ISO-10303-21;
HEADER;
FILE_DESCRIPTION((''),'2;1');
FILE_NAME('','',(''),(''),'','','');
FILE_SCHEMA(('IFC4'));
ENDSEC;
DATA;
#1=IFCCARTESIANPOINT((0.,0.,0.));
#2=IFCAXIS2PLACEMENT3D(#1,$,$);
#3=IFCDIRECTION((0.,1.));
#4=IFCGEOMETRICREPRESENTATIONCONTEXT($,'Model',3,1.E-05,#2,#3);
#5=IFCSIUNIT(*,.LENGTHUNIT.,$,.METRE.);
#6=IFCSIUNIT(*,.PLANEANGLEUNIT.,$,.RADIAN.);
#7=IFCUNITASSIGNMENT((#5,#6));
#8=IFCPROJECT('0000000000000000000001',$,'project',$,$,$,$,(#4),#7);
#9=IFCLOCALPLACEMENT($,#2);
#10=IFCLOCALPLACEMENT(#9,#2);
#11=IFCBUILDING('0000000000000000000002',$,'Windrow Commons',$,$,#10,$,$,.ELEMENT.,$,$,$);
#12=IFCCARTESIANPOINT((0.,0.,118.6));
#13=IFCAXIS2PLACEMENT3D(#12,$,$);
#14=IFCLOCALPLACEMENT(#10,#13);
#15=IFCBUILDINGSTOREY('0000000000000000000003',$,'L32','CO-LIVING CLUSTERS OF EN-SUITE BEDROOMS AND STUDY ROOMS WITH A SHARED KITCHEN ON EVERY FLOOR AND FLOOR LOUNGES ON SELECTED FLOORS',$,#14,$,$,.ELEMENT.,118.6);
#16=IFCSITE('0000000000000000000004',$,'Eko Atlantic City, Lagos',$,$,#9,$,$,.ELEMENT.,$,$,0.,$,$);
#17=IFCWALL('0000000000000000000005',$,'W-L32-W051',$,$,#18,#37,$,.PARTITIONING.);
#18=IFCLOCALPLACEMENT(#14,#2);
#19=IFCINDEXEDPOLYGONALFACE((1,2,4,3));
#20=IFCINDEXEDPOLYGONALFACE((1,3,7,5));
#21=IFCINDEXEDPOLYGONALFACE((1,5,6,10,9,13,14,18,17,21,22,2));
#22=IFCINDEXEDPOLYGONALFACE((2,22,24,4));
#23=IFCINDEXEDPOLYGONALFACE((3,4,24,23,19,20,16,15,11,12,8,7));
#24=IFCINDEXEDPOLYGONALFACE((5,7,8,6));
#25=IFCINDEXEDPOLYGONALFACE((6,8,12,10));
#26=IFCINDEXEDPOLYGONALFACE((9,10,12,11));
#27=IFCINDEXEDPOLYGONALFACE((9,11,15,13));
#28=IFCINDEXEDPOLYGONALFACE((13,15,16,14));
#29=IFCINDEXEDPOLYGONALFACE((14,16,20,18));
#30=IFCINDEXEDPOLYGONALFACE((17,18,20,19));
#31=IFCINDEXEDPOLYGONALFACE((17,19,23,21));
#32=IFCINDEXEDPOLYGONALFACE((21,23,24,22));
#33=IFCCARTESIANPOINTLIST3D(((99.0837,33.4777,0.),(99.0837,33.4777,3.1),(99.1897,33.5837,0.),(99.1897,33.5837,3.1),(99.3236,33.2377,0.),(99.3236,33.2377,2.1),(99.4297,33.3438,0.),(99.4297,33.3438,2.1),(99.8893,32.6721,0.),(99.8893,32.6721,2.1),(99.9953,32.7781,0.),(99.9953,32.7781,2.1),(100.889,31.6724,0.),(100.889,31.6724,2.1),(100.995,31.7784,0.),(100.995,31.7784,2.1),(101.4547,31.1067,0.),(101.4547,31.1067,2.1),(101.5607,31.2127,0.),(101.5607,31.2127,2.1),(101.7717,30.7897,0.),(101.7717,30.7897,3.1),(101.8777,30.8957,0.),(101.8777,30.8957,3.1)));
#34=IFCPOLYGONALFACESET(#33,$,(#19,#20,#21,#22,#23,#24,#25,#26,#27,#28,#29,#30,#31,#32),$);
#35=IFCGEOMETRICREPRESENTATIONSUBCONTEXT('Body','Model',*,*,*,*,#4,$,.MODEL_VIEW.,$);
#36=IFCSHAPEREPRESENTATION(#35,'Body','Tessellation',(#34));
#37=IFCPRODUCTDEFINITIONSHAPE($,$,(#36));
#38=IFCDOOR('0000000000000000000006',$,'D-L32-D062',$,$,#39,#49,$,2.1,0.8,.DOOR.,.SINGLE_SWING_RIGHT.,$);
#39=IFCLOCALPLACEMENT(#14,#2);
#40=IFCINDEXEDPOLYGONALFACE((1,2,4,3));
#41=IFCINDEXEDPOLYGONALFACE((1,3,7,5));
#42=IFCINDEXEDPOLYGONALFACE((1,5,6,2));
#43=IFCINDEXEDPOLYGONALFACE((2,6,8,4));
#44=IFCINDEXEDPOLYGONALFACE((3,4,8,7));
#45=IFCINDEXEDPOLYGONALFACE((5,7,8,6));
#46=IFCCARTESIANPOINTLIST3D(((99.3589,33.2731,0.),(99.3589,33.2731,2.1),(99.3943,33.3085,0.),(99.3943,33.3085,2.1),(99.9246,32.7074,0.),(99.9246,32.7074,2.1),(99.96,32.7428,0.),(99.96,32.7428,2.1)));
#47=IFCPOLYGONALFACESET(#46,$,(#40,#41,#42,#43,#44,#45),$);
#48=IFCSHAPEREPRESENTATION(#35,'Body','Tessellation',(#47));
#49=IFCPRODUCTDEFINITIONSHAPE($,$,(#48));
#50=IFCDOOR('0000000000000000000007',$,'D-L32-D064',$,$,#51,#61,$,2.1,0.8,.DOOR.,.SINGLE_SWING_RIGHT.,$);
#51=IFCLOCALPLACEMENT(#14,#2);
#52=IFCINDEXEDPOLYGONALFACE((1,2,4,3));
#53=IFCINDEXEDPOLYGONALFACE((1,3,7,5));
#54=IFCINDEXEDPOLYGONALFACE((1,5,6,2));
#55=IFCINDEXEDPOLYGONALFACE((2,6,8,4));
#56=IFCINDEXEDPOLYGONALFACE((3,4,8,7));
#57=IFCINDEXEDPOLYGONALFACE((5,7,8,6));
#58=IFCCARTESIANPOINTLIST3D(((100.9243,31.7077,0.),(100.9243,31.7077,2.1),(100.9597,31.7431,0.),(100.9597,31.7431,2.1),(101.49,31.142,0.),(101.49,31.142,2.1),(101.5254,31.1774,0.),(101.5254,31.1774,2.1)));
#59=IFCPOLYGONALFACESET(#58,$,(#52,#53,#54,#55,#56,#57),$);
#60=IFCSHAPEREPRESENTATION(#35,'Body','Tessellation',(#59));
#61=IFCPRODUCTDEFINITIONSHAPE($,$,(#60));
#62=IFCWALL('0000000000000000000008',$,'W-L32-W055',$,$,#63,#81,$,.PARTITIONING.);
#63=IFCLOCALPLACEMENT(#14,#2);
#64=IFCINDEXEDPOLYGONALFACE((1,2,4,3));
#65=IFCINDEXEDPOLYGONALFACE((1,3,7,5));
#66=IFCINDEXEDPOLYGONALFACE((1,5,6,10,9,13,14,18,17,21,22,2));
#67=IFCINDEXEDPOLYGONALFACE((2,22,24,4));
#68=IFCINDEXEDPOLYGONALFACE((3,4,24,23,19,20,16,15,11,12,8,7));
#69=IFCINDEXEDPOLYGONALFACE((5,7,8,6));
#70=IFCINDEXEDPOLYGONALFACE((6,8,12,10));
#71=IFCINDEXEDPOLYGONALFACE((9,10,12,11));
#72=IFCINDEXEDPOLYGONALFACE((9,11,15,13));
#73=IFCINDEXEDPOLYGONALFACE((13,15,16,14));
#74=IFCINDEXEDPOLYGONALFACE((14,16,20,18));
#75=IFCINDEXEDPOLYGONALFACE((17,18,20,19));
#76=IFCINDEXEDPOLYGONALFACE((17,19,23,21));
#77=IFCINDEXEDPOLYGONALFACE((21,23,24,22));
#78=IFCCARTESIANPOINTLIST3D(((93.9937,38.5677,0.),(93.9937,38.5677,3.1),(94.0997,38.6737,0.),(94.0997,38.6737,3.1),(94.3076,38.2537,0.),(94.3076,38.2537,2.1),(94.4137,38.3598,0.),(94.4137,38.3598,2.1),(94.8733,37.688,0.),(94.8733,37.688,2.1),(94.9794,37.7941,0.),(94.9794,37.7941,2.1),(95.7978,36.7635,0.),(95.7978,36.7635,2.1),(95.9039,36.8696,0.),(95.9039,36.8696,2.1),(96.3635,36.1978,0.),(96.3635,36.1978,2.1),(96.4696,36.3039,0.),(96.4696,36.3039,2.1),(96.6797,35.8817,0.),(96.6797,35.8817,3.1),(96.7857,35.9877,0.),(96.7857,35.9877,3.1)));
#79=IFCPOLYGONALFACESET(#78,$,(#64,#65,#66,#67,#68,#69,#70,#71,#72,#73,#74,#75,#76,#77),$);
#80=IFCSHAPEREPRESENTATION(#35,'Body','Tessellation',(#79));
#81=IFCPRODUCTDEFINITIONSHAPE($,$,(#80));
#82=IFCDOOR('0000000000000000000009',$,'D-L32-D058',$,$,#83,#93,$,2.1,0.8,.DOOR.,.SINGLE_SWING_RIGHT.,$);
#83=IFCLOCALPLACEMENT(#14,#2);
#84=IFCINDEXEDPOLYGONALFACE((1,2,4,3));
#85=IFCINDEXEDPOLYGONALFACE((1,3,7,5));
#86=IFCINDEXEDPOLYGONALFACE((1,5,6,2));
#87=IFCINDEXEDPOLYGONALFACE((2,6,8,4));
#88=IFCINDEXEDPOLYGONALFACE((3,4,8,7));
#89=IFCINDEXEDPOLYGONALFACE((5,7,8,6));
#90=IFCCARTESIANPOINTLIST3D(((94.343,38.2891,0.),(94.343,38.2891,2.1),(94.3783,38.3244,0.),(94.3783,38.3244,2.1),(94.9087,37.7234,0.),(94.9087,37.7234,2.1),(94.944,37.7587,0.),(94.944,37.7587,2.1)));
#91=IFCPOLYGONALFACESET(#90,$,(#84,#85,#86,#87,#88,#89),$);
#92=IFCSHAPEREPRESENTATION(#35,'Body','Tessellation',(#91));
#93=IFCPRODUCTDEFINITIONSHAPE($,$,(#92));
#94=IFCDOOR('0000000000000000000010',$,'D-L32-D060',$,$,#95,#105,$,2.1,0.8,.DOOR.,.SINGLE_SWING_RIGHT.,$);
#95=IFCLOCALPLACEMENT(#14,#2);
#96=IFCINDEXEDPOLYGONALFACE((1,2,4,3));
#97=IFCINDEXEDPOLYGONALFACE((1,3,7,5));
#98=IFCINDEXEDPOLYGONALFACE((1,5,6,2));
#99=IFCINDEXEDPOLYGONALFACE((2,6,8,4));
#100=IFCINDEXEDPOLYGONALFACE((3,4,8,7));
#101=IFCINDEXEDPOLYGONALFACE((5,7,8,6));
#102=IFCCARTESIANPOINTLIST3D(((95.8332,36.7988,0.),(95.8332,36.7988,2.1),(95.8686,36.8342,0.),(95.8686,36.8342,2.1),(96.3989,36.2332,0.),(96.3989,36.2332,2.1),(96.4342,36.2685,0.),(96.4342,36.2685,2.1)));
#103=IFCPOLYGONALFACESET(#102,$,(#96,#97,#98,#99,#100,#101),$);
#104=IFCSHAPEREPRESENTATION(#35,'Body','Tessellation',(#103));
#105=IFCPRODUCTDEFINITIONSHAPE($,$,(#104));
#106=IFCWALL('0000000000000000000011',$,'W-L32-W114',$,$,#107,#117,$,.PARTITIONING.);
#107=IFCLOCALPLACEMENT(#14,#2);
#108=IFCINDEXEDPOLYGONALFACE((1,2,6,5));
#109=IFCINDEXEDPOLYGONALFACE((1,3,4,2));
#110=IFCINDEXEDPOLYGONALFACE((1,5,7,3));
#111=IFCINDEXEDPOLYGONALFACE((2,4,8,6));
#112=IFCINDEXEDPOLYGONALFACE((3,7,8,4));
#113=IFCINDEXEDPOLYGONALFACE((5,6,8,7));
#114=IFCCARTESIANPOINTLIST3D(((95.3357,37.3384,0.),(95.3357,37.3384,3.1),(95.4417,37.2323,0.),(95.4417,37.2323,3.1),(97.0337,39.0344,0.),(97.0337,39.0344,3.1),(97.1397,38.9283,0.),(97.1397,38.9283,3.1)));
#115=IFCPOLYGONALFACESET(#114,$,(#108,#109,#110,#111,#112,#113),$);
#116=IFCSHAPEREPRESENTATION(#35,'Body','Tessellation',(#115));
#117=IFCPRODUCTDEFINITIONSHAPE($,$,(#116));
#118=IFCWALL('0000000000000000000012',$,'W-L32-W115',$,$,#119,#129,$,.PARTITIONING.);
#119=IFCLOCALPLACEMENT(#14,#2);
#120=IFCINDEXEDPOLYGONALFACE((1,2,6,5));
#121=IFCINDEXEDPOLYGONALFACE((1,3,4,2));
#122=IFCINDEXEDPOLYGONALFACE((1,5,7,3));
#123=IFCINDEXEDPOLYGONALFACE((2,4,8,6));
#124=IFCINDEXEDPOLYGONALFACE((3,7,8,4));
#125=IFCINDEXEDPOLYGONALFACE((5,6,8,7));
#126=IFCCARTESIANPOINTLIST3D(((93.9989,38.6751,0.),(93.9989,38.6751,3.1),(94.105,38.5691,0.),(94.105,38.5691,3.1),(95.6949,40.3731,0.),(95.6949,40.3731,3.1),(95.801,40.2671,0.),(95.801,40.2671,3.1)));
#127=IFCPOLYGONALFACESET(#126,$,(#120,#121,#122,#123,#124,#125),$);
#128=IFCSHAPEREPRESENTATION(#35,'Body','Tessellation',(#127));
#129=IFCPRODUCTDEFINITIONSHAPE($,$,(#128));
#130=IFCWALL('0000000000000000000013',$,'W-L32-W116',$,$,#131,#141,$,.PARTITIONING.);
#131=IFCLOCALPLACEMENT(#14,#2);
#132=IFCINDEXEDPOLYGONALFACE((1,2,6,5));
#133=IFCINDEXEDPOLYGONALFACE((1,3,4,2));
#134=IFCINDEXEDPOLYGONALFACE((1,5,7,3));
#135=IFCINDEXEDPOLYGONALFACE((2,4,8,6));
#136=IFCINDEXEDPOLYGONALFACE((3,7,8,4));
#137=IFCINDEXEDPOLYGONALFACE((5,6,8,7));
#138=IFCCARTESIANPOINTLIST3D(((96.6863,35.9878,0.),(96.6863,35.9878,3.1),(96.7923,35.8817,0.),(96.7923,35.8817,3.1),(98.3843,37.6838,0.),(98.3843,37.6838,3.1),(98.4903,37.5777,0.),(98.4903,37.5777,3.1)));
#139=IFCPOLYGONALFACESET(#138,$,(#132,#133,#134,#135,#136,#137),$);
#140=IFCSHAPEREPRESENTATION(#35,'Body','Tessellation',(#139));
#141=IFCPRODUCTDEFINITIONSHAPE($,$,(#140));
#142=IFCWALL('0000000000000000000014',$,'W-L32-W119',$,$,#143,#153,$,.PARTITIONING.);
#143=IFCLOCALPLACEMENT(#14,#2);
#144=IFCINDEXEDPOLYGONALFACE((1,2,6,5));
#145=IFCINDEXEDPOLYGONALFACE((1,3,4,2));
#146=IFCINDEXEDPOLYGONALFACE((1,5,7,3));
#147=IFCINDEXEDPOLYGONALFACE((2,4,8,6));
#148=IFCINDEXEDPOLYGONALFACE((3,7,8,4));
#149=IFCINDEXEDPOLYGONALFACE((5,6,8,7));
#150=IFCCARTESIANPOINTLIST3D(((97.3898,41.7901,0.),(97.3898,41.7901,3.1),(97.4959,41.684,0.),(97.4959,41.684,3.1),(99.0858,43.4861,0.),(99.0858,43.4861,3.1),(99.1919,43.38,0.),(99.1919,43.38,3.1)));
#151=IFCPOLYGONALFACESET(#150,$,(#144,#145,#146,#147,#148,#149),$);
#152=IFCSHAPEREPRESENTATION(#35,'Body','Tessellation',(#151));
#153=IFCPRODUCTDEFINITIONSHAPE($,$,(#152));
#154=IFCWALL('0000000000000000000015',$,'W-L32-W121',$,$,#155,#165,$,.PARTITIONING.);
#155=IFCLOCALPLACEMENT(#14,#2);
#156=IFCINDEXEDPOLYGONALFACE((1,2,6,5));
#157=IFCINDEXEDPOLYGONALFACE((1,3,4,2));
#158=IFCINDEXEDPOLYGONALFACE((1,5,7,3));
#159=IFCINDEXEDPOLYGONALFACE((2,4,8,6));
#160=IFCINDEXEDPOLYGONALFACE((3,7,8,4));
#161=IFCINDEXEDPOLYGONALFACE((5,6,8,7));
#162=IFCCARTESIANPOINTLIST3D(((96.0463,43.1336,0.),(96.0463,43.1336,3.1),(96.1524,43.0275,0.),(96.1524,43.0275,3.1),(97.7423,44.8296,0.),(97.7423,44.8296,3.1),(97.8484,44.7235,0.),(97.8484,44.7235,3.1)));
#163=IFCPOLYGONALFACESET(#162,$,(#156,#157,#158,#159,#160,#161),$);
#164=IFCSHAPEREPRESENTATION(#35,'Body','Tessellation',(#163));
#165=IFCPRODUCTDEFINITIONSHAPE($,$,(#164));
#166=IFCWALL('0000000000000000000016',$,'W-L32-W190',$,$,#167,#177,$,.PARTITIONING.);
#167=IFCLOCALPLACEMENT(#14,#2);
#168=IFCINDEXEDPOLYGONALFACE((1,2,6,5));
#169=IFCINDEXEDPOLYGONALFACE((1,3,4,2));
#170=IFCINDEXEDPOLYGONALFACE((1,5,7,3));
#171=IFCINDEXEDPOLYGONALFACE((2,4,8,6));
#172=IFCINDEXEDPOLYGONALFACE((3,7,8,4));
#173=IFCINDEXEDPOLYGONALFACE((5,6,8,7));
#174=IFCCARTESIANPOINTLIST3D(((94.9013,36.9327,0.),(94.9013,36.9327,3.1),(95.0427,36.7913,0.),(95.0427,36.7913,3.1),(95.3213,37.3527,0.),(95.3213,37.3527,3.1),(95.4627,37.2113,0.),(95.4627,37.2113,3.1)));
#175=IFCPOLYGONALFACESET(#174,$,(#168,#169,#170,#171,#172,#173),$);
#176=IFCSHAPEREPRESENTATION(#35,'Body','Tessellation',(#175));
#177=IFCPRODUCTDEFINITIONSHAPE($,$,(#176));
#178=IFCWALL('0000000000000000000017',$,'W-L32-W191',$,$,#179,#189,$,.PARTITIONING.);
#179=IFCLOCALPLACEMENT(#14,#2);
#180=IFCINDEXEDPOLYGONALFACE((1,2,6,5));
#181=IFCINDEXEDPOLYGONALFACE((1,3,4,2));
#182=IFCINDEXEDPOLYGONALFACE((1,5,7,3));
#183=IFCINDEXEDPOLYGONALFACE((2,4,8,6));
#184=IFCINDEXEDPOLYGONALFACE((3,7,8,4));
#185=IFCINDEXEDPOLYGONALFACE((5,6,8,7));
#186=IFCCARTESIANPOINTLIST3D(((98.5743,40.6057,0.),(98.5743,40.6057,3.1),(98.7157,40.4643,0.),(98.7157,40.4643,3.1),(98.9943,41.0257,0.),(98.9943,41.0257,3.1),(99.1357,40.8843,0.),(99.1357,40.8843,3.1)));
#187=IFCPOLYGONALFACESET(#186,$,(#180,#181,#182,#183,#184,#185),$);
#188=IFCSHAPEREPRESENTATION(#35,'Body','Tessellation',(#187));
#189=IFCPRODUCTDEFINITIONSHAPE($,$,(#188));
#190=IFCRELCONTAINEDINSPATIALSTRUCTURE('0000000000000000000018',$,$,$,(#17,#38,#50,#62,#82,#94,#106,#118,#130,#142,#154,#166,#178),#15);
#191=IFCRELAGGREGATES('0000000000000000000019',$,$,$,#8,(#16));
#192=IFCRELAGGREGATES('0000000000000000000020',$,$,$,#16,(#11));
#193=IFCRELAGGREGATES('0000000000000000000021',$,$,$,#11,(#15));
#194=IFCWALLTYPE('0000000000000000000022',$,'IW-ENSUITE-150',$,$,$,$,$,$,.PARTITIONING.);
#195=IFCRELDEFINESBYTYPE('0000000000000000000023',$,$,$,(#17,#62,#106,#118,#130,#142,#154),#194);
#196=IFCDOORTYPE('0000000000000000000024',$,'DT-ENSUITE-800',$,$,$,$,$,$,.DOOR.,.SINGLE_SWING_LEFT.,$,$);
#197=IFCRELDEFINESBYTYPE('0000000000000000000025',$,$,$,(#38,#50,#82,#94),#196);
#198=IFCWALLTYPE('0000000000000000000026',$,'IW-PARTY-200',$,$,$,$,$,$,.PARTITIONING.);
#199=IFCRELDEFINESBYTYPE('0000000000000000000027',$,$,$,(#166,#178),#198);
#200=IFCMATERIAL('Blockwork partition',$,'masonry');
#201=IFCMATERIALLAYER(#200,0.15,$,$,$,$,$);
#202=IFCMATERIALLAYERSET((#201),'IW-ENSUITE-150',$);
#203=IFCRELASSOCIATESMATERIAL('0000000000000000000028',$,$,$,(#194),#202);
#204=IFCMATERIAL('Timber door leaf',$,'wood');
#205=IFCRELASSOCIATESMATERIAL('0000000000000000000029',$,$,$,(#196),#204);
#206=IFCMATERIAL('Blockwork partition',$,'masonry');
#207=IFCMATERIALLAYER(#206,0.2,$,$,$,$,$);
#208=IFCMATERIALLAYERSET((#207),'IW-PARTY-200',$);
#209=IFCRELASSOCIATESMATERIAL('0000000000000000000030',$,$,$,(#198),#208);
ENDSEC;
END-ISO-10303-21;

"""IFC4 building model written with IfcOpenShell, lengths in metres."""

from ifc_helpers import new_model, si_unit, direction, frame, frame_2d, origin, place, context, subcontext, project, spatial, rectangle, extrude, material, layer, layer_set, type_object, element, fill, save


model = new_model("IFC4")

# Units and contexts
model_context = context("Model", 3, precision=1e-05, world=origin(), true_north=direction((0.0, 1.0)))
body_context = subcontext(model_context, "Body", "Model", "MODEL_VIEW")
ifc_project = project(units=[si_unit("LENGTHUNIT", "METRE"), si_unit("PLANEANGLEUNIT", "RADIAN")], contexts=[model_context])

# Site, building, storey
site_placement = place(None, origin())
site = spatial("IfcSite", under=ifc_project, at=site_placement, Name="Eko Atlantic City, Lagos", CompositionType="ELEMENT", RefElevation=0.0)
building_placement = place(site_placement, origin())
building = spatial("IfcBuilding", under=site, at=building_placement, Name="Windrow Commons", CompositionType="ELEMENT")
storey_placement = place(building_placement, frame((0.0, 0.0, 118.6)))
storey = spatial("IfcBuildingStorey", under=building, at=storey_placement, Name="L32", Description="CO-LIVING CLUSTERS OF EN-SUITE BEDROOMS AND STUDY ROOMS WITH A SHARED KITCHEN ON EVERY FLOOR AND FLOOR LOUNGES ON SELECTED FLOORS", CompositionType="ELEMENT", Elevation=118.6)

# Walls, openings, doors
ifc_material_1 = material(Name="Blockwork partition", Category="masonry")
ifc_layer_1 = layer(ifc_material_1, 0.15)
ifc_layer_set_1 = layer_set([ifc_layer_1], Name="IW-ENSUITE-150")
wall_type_1 = type_object("IfcWallType", Name="IW-ENSUITE-150", PredefinedType="PARTITIONING", material=ifc_layer_set_1)
wall_1_placement = place(storey_placement, frame((99.1367, 33.5307, 0.0), z_axis=(0.0, 0.0, 1.0), x_axis=(0.707107, -0.707107, 0.0)))
wall_1 = element("IfcWall", 1, at=wall_1_placement, inside=storey, type_object=wall_type_1, Name="W-L32-W051", PredefinedType="PARTITIONING", context=body_context, shape_type="SweptSolid", body=[
    extrude(rectangle(XDim=3.8014, YDim=0.15, at=frame_2d((1.9007, 0.0))), origin(), (0.0, 0.0, 1.0), 3.1),
])
opening_1_placement = place(wall_1_placement, frame((0.3393, 0.0, 0.0)))
opening_1 = element("IfcOpeningElement", 2, at=opening_1_placement, cuts=wall_1, PredefinedType="OPENING", context=body_context, shape_type="SweptSolid", body=[
    extrude(rectangle(XDim=0.8, YDim=2.1, at=frame_2d((0.4, 1.05))), frame((0.0, 0.085, 0.0), z_axis=(0.0, -1.0, 0.0), x_axis=(1.0, 0.0, 0.0)), (0.0, 0.0, 1.0), 0.17),
])
opening_2_placement = place(wall_1_placement, frame((2.5531, 0.0, 0.0)))
opening_2 = element("IfcOpeningElement", 3, at=opening_2_placement, cuts=wall_1, PredefinedType="OPENING", context=body_context, shape_type="SweptSolid", body=[
    extrude(rectangle(XDim=0.8, YDim=2.1, at=frame_2d((0.4, 1.05))), frame((0.0, 0.085, 0.0), z_axis=(0.0, -1.0, 0.0), x_axis=(1.0, 0.0, 0.0)), (0.0, 0.0, 1.0), 0.17),
])
ifc_material_2 = material(Name="Timber door leaf", Category="wood")
door_type_1 = type_object("IfcDoorType", Name="DT-ENSUITE-800", OperationType="SINGLE_SWING_LEFT", PredefinedType="DOOR", material=ifc_material_2)
door_1_placement = place(opening_1_placement, origin())
door_1 = element("IfcDoor", 4, at=door_1_placement, inside=storey, type_object=door_type_1, Name="D-L32-D062", OperationType="SINGLE_SWING_RIGHT", OverallHeight=2.1, OverallWidth=0.8, PredefinedType="DOOR", context=body_context, shape_type="SweptSolid", body=[
    extrude(rectangle(XDim=0.8, YDim=2.1, at=frame_2d((0.4, 1.05))), frame((0.0, 0.025, 0.0), z_axis=(0.0, -1.0, 0.0), x_axis=(1.0, 0.0, 0.0)), (0.0, 0.0, 1.0), 0.05),
])
fill(opening_1, door_1)
door_2_placement = place(opening_2_placement, origin())
door_2 = element("IfcDoor", 5, at=door_2_placement, inside=storey, type_object=door_type_1, Name="D-L32-D064", OperationType="SINGLE_SWING_RIGHT", OverallHeight=2.1, OverallWidth=0.8, PredefinedType="DOOR", context=body_context, shape_type="SweptSolid", body=[
    extrude(rectangle(XDim=0.8, YDim=2.1, at=frame_2d((0.4, 1.05))), frame((0.0, 0.025, 0.0), z_axis=(0.0, -1.0, 0.0), x_axis=(1.0, 0.0, 0.0)), (0.0, 0.0, 1.0), 0.05),
])
fill(opening_2, door_2)
wall_2_placement = place(storey_placement, frame((94.0467, 38.6207, 0.0), z_axis=(0.0, 0.0, 1.0), x_axis=(0.707107, -0.707107, 0.0)))
wall_2 = element("IfcWall", 6, at=wall_2_placement, inside=storey, type_object=wall_type_1, Name="W-L32-W055", PredefinedType="PARTITIONING", context=body_context, shape_type="SweptSolid", body=[
    extrude(rectangle(XDim=3.7986, YDim=0.15, at=frame_2d((1.8993, 0.0))), origin(), (0.0, 0.0, 1.0), 3.1),
])
opening_3_placement = place(wall_2_placement, frame((0.444, 0.0, 0.0)))
opening_3 = element("IfcOpeningElement", 7, at=opening_3_placement, cuts=wall_2, PredefinedType="OPENING", context=body_context, shape_type="SweptSolid", body=[
    extrude(rectangle(XDim=0.8, YDim=2.1, at=frame_2d((0.4, 1.05))), frame((0.0, 0.085, 0.0), z_axis=(0.0, -1.0, 0.0), x_axis=(1.0, 0.0, 0.0)), (0.0, 0.0, 1.0), 0.17),
])
opening_4_placement = place(wall_2_placement, frame((2.5515, 0.0, 0.0)))
opening_4 = element("IfcOpeningElement", 8, at=opening_4_placement, cuts=wall_2, PredefinedType="OPENING", context=body_context, shape_type="SweptSolid", body=[
    extrude(rectangle(XDim=0.8, YDim=2.1, at=frame_2d((0.4, 1.05))), frame((0.0, 0.085, 0.0), z_axis=(0.0, -1.0, 0.0), x_axis=(1.0, 0.0, 0.0)), (0.0, 0.0, 1.0), 0.17),
])
door_3_placement = place(opening_3_placement, origin())
door_3 = element("IfcDoor", 9, at=door_3_placement, inside=storey, type_object=door_type_1, Name="D-L32-D058", OperationType="SINGLE_SWING_RIGHT", OverallHeight=2.1, OverallWidth=0.8, PredefinedType="DOOR", context=body_context, shape_type="SweptSolid", body=[
    extrude(rectangle(XDim=0.8, YDim=2.1, at=frame_2d((0.4, 1.05))), frame((0.0, 0.025, 0.0), z_axis=(0.0, -1.0, 0.0), x_axis=(1.0, 0.0, 0.0)), (0.0, 0.0, 1.0), 0.05),
])
fill(opening_3, door_3)
door_4_placement = place(opening_4_placement, origin())
door_4 = element("IfcDoor", 10, at=door_4_placement, inside=storey, type_object=door_type_1, Name="D-L32-D060", OperationType="SINGLE_SWING_RIGHT", OverallHeight=2.1, OverallWidth=0.8, PredefinedType="DOOR", context=body_context, shape_type="SweptSolid", body=[
    extrude(rectangle(XDim=0.8, YDim=2.1, at=frame_2d((0.4, 1.05))), frame((0.0, 0.025, 0.0), z_axis=(0.0, -1.0, 0.0), x_axis=(1.0, 0.0, 0.0)), (0.0, 0.0, 1.0), 0.05),
])
fill(opening_4, door_4)

# Walls
for number, where, z_axis, x_axis, name in (
    (11, (95.3887, 37.2853, 0.0), (0.0, 0.0, 1.0), (0.707523, 0.70669, 0.0), "W-L32-W114"),
    (12, (94.0519, 38.6221, 0.0), (0.0, 0.0, 1.0), (0.70669, 0.707523, 0.0), "W-L32-W115"),
    (13, (96.7393, 35.9347, 0.0), (0.0, 0.0, 1.0), (0.707523, 0.70669, 0.0), "W-L32-W116"),
):
    element("IfcWall", number, at=place(storey_placement, frame(where, z_axis=z_axis, x_axis=x_axis)), inside=storey, type_object=wall_type_1, Name=name, PredefinedType="PARTITIONING", context=body_context, shape_type="SweptSolid", body=[
        extrude(rectangle(XDim=2.3999, YDim=0.15, at=frame_2d((1.2, 0.0))), origin(), (0.0, 0.0, 1.0), 3.1),
    ])
for number, where, z_axis, x_axis, name in (
    (14, (97.4429, 41.7371, 0.0), (0.0, 0.0, 1.0), (0.707107, 0.707107, 0.0), "W-L32-W119"),
    (15, (96.0994, 43.0806, 0.0), (0.0, 0.0, 1.0), (0.707107, 0.707107, 0.0), "W-L32-W121"),
):
    element("IfcWall", number, at=place(storey_placement, frame(where, z_axis=z_axis, x_axis=x_axis)), inside=storey, type_object=wall_type_1, Name=name, PredefinedType="PARTITIONING", context=body_context, shape_type="SweptSolid", body=[
        extrude(rectangle(XDim=2.3985, YDim=0.15, at=frame_2d((1.1992, 0.0))), origin(), (0.0, 0.0, 1.0), 3.1),
    ])
ifc_material_3 = material(Name="Blockwork partition", Category="masonry")
ifc_layer_2 = layer(ifc_material_3, 0.2)
ifc_layer_set_2 = layer_set([ifc_layer_2], Name="IW-PARTY-200")
wall_type_2 = type_object("IfcWallType", Name="IW-PARTY-200", PredefinedType="PARTITIONING", material=ifc_layer_set_2)
for number, where, z_axis, x_axis, name in (
    (16, (94.972, 36.862, 0.0), (0.0, 0.0, 1.0), (0.707107, 0.707107, 0.0), "W-L32-W190"),
    (17, (98.645, 40.535, 0.0), (0.0, 0.0, 1.0), (0.707107, 0.707107, 0.0), "W-L32-W191"),
):
    element("IfcWall", number, at=place(storey_placement, frame(where, z_axis=z_axis, x_axis=x_axis)), inside=storey, type_object=wall_type_2, Name=name, PredefinedType="PARTITIONING", context=body_context, shape_type="SweptSolid", body=[
        extrude(rectangle(XDim=0.594, YDim=0.2, at=frame_2d((0.297, 0.0))), origin(), (0.0, 0.0, 1.0), 3.1),
    ])

save(model, "model.ifc")
